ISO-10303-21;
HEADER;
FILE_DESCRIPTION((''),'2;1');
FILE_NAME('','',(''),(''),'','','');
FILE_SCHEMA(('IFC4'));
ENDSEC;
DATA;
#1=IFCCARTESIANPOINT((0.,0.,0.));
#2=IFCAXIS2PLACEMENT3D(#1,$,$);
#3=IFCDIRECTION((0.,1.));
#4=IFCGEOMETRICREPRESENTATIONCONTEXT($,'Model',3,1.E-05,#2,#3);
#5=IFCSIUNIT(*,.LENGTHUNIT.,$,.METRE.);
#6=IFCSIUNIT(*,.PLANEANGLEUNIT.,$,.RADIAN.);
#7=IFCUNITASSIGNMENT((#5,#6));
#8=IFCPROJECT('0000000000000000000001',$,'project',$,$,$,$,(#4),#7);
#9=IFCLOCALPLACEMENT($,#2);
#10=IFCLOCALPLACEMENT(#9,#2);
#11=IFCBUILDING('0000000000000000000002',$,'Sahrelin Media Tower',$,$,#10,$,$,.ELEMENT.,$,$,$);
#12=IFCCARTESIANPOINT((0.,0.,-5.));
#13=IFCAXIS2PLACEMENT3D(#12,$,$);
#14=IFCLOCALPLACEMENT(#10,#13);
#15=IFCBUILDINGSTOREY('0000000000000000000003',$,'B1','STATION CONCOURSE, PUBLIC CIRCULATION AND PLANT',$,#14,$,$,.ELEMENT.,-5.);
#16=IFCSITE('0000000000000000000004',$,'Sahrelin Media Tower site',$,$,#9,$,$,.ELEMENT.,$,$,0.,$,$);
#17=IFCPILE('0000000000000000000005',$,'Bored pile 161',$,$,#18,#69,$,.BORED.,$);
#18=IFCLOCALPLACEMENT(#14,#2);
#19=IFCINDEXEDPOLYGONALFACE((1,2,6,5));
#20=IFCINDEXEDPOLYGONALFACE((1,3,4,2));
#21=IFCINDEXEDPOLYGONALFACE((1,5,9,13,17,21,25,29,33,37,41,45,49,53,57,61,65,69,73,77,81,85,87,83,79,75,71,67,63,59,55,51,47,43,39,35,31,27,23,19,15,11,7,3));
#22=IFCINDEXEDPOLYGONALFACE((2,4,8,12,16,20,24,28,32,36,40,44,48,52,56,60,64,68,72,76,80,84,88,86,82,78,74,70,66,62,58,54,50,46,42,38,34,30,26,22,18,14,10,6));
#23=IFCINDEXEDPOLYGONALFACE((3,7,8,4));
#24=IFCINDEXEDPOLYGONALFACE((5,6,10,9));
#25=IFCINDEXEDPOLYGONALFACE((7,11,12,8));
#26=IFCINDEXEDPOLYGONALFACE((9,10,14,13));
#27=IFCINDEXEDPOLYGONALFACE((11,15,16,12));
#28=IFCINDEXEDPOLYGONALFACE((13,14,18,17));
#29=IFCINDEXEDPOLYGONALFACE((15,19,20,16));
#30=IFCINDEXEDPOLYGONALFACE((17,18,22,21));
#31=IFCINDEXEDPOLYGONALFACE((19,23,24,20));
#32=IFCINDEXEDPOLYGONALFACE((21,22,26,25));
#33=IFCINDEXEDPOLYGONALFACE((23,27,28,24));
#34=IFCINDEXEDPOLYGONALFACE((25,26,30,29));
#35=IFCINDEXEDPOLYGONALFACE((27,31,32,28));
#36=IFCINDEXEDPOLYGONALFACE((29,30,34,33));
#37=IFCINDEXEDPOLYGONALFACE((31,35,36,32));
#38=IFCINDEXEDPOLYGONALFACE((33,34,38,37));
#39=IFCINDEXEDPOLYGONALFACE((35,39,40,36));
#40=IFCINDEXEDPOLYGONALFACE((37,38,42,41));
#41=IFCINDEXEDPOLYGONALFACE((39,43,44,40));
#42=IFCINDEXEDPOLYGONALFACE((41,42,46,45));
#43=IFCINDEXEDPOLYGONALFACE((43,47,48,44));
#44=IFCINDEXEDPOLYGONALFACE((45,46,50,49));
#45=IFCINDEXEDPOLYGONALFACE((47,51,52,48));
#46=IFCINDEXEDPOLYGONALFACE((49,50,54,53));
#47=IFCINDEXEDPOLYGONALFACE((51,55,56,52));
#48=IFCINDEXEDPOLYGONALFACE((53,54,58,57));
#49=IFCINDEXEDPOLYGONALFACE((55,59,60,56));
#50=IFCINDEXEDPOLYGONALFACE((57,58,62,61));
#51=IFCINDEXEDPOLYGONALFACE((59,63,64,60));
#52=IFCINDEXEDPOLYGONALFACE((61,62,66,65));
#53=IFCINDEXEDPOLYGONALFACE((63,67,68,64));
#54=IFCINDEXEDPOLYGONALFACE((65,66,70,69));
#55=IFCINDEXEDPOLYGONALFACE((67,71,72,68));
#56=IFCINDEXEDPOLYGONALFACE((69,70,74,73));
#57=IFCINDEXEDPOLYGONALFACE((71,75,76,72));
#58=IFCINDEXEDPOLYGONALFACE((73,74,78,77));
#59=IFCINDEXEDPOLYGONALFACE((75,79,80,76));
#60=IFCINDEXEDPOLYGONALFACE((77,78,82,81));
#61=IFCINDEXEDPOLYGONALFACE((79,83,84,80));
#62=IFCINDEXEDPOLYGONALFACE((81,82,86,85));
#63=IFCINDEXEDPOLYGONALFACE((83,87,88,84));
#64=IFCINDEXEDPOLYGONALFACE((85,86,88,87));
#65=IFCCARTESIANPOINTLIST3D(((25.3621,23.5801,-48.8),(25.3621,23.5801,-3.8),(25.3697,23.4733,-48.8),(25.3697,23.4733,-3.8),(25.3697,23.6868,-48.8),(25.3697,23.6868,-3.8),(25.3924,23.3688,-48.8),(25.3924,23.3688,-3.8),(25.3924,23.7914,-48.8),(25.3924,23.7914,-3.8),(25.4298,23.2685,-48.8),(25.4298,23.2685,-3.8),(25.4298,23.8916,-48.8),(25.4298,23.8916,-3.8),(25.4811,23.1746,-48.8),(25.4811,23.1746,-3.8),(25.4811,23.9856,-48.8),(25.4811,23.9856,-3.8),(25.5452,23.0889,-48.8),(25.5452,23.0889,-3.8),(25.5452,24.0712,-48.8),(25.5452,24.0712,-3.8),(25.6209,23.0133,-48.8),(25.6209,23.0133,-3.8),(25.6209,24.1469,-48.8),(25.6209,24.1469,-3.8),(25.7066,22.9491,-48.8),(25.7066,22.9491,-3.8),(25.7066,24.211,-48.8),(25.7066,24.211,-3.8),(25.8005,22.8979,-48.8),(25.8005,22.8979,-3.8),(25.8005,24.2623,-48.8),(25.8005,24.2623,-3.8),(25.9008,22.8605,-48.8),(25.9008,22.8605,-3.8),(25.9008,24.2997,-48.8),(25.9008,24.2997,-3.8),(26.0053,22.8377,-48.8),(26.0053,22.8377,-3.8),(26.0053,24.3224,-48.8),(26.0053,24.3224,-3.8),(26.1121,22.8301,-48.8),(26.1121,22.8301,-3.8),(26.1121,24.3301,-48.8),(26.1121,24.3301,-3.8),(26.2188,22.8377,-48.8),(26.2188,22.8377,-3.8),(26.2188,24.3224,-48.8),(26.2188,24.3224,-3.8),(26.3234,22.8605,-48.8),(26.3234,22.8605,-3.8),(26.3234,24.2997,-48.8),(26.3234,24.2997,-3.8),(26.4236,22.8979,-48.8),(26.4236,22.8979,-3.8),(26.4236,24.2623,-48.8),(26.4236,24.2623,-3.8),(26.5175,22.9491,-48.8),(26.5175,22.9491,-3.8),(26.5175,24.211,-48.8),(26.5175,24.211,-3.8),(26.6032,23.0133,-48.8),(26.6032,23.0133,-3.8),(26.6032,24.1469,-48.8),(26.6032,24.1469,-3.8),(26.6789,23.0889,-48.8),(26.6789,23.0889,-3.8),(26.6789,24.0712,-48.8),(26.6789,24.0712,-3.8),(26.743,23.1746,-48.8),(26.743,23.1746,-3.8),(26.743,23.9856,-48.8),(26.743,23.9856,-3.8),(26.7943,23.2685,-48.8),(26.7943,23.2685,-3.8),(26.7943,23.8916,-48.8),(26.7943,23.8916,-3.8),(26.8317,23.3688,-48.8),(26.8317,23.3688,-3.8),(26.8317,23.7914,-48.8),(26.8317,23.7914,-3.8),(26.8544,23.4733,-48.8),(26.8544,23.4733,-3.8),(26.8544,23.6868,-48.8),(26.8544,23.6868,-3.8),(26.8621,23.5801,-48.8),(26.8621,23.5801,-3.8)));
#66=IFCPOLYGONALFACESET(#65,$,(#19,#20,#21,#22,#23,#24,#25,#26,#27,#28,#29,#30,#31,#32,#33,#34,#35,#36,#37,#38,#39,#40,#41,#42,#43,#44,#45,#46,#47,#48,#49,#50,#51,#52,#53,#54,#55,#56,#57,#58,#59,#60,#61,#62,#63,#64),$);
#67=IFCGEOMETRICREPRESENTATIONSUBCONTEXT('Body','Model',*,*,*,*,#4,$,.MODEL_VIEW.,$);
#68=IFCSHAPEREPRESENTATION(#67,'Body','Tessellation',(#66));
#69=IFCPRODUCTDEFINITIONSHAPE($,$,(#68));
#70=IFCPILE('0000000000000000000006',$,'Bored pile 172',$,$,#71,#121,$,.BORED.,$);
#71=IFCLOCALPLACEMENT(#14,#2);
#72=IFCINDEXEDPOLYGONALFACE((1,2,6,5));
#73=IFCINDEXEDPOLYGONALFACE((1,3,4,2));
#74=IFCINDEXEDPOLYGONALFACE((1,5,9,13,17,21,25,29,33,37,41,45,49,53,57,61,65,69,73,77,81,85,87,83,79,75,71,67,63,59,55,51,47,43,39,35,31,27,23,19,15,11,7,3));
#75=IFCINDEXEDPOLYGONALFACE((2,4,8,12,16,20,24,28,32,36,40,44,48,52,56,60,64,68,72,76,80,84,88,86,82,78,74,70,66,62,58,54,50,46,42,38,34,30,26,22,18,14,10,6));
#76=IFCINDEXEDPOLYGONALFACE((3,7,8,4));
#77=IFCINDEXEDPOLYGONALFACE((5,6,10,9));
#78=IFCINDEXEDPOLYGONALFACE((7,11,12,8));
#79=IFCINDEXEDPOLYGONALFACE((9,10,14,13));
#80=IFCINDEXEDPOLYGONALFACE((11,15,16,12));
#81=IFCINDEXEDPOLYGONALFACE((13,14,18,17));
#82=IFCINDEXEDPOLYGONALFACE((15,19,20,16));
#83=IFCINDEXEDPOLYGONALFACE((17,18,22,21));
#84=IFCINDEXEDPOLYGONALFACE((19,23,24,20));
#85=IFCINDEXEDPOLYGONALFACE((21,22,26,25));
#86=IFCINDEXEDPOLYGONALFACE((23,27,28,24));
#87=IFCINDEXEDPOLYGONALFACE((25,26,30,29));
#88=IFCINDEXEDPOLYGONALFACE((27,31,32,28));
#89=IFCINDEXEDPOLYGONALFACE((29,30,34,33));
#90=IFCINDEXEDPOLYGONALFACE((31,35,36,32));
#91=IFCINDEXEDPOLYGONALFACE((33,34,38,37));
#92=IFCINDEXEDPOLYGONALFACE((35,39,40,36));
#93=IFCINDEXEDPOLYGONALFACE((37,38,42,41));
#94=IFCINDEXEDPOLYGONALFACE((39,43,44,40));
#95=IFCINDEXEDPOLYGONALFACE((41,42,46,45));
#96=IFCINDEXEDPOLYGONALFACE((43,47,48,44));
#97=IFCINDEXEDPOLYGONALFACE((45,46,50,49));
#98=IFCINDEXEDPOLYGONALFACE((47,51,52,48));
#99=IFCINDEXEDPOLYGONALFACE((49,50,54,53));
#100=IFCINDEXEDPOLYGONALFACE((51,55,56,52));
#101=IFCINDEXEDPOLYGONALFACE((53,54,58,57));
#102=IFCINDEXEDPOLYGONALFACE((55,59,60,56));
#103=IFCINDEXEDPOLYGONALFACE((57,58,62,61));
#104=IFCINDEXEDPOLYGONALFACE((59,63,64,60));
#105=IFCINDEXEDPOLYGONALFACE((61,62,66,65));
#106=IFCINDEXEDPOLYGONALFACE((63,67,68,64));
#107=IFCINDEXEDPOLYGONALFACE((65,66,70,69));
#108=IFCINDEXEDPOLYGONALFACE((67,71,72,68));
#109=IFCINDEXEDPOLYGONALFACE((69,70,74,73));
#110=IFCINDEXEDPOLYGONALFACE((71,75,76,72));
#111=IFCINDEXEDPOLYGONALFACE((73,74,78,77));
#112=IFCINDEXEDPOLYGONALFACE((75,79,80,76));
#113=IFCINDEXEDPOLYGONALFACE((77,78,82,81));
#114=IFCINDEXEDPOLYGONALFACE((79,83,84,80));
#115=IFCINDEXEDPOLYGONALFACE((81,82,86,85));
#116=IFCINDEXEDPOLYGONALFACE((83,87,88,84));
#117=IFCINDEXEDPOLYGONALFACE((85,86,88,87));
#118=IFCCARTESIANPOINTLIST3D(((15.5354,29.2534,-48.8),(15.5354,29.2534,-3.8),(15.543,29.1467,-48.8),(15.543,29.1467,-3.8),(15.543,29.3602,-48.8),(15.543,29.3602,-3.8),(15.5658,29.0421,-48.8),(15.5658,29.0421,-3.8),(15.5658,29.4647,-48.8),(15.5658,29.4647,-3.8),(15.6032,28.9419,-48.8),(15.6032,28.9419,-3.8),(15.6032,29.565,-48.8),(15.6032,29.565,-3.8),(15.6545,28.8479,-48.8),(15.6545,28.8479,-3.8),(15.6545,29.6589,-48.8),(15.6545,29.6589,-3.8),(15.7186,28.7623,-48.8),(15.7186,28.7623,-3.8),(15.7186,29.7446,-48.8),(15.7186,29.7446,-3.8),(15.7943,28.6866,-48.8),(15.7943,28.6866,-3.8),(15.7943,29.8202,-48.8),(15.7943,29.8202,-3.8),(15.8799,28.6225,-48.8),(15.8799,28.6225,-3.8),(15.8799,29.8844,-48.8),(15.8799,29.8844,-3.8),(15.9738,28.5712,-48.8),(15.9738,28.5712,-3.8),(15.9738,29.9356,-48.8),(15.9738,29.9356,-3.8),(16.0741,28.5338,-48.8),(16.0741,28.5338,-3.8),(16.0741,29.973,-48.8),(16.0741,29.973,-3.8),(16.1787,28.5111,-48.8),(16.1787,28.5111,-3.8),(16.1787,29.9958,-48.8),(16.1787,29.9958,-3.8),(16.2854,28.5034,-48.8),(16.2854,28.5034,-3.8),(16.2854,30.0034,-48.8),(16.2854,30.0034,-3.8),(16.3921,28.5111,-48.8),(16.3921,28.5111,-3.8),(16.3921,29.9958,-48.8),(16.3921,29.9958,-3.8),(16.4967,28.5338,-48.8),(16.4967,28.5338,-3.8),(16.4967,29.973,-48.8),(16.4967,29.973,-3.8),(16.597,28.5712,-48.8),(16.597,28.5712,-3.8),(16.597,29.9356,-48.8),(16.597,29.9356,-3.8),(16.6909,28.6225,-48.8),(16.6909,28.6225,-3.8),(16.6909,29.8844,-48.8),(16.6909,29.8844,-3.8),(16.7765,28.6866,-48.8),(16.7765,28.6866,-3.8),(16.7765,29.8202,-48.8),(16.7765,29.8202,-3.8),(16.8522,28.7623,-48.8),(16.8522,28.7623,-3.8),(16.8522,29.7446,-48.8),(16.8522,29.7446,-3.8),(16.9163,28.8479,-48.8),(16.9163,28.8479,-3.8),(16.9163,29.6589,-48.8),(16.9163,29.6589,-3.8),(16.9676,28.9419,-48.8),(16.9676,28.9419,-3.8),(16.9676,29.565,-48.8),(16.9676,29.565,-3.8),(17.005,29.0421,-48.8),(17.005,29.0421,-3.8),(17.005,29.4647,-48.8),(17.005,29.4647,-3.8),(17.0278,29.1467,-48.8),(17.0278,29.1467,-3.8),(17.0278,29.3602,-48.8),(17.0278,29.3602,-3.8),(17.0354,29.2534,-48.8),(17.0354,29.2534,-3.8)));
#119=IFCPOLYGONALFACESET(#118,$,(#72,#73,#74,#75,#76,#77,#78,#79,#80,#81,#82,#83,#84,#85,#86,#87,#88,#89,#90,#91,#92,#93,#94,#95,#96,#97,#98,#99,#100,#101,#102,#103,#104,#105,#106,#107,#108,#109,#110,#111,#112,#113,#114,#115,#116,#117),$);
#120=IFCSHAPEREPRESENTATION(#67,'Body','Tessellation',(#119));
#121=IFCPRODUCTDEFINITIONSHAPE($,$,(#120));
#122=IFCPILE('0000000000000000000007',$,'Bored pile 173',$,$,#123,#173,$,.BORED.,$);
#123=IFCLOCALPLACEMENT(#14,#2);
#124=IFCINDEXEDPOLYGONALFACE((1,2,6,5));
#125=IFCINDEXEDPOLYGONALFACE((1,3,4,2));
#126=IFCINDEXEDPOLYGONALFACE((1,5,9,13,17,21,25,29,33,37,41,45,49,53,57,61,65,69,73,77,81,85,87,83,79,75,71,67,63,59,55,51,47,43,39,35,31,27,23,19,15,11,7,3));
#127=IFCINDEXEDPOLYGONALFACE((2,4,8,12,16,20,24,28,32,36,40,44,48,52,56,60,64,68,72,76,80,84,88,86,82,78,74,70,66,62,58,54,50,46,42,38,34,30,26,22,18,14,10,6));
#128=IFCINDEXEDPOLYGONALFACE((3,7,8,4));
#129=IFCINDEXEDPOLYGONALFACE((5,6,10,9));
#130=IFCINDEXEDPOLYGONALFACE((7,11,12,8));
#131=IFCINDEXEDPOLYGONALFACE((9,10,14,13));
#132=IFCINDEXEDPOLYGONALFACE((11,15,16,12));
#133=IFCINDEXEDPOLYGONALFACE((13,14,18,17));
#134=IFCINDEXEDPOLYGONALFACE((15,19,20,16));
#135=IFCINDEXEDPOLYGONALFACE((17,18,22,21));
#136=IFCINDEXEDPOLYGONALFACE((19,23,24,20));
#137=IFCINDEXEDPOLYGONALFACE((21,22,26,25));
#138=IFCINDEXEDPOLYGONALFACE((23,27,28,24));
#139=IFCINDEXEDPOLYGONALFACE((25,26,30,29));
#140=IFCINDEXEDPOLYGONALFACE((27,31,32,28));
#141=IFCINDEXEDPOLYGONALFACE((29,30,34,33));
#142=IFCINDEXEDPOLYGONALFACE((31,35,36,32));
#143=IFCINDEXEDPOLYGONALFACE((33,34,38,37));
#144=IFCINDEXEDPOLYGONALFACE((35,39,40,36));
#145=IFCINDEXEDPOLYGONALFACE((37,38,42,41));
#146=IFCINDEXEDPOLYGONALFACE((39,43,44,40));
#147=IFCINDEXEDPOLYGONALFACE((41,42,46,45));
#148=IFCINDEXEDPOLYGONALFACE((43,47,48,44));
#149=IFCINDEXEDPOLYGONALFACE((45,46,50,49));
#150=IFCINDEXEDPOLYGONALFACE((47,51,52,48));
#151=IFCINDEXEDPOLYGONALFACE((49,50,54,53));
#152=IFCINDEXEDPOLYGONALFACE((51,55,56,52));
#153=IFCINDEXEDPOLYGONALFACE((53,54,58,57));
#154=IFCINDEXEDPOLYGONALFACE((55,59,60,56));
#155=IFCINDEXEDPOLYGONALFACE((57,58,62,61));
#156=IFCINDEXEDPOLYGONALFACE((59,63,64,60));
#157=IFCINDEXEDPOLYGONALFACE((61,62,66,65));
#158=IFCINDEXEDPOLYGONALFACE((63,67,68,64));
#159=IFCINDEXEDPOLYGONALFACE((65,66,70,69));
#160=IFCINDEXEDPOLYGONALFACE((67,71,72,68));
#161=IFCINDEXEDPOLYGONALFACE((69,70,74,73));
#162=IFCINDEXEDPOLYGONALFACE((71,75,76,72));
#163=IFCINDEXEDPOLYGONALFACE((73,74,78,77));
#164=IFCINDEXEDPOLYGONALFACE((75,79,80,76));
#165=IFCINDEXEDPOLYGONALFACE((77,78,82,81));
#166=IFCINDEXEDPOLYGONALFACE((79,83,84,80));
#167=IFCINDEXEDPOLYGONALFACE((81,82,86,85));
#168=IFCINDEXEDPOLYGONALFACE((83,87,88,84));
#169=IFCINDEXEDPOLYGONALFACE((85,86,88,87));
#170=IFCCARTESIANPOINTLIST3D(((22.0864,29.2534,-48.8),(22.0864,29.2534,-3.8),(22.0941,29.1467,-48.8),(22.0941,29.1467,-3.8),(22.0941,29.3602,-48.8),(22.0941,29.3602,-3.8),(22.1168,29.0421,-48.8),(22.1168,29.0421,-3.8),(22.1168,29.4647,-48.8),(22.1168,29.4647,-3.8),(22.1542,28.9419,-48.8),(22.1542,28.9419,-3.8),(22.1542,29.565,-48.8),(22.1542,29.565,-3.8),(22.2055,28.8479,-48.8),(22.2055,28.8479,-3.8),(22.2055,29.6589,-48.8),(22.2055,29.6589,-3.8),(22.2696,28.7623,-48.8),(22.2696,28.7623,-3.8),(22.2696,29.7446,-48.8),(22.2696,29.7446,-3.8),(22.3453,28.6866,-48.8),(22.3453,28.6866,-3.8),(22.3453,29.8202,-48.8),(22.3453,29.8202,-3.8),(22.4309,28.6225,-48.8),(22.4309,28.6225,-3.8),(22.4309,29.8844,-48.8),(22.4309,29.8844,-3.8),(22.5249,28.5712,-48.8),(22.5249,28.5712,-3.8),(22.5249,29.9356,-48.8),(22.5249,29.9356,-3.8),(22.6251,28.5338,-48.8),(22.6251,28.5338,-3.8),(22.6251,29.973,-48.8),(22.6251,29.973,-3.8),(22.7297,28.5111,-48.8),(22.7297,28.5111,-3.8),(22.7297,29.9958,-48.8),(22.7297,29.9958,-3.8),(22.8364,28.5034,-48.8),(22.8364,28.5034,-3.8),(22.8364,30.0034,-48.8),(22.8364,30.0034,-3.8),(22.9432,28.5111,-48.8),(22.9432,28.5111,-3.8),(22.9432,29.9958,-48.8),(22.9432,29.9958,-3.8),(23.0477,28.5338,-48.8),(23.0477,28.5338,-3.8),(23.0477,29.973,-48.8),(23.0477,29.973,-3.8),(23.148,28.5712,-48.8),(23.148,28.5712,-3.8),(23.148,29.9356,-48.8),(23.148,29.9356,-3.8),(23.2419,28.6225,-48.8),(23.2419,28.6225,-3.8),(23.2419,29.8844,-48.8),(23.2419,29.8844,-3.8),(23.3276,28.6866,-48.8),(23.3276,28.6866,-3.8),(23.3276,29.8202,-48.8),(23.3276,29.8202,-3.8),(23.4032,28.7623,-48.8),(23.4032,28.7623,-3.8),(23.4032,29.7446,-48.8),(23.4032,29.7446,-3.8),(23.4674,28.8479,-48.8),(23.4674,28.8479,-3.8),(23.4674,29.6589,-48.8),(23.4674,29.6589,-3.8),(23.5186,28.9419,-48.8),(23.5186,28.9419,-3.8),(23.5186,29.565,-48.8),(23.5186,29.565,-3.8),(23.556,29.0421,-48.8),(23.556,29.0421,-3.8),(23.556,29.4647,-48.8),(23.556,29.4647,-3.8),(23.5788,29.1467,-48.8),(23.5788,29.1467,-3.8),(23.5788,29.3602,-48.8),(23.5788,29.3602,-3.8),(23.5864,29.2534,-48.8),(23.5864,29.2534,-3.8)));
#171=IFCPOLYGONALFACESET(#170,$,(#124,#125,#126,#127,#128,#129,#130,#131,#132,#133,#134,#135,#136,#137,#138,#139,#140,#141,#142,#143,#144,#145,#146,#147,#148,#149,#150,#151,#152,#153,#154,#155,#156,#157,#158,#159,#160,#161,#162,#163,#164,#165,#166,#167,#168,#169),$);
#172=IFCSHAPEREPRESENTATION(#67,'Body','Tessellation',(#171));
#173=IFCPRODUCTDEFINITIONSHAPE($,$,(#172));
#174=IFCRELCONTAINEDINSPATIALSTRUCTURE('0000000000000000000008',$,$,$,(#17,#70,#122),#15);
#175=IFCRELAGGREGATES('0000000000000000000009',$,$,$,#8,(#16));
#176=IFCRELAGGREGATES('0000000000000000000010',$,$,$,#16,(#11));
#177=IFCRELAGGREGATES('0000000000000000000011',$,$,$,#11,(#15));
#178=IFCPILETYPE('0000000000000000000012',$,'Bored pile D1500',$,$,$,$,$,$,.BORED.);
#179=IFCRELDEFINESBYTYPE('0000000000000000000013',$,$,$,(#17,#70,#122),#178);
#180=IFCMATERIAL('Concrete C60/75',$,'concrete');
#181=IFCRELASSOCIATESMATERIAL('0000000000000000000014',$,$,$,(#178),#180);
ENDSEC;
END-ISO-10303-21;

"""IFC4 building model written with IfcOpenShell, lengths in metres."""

from ifc_helpers import new_model, si_unit, direction, frame, origin, origin_2d, place, context, subcontext, project, spatial, circle, extrude, material, material_profile, profile_set, type_object, element, save


model = new_model("IFC4")

# Units and contexts
model_context = context("Model", 3, precision=1e-05, world=origin(), true_north=direction((0.0, 1.0)))
body_context = subcontext(model_context, "Body", "Model", "MODEL_VIEW")
ifc_project = project(units=[si_unit("LENGTHUNIT", "METRE"), si_unit("PLANEANGLEUNIT", "RADIAN")], contexts=[model_context])

# Site, building, storey
site_placement = place(None, origin())
site = spatial("IfcSite", under=ifc_project, at=site_placement, Name="Sahrelin Media Tower site", CompositionType="ELEMENT", RefElevation=0.0)
building_placement = place(site_placement, origin())
building = spatial("IfcBuilding", under=site, at=building_placement, Name="Sahrelin Media Tower", CompositionType="ELEMENT")
storey_placement = place(building_placement, frame((0.0, 0.0, -5.0)))
storey = spatial("IfcBuildingStorey", under=building, at=storey_placement, Name="B1", Description="STATION CONCOURSE, PUBLIC CIRCULATION AND PLANT", CompositionType="ELEMENT", Elevation=-5.0)

# Piles
ifc_material_1 = material(Name="Concrete C60/75", Category="concrete")
ifc_material_profile_1 = material_profile(ifc_material_1, circle(Radius=0.75, at=origin_2d()), Name="Bored pile D1500")
ifc_profile_set_1 = profile_set([ifc_material_profile_1], Name="Concrete C60/75")
pile_type = type_object("IfcPileType", Name="Bored pile D1500", PredefinedType="BORED", material=ifc_profile_set_1)
for number, where, z_axis, x_axis, name in (
    (1, (26.1121, 23.5801, -3.8), (0.0, 0.0, -1.0), (1.0, 0.0, 0.0), "Bored pile 161"),
    (2, (16.2854, 29.2534, -3.8), (0.0, 0.0, -1.0), (1.0, 0.0, 0.0), "Bored pile 172"),
    (3, (22.8364, 29.2534, -3.8), (0.0, 0.0, -1.0), (1.0, 0.0, 0.0), "Bored pile 173"),
):
    element("IfcPile", number, at=place(storey_placement, frame(where, z_axis=z_axis, x_axis=x_axis)), inside=storey, type_object=pile_type, Name=name, PredefinedType="BORED", context=body_context, shape_type="SweptSolid", body=[
        extrude(circle(Radius=0.75, at=origin_2d()), origin(), (0.0, 0.0, 1.0), 45.0),
    ])

save(model, "model.ifc")
